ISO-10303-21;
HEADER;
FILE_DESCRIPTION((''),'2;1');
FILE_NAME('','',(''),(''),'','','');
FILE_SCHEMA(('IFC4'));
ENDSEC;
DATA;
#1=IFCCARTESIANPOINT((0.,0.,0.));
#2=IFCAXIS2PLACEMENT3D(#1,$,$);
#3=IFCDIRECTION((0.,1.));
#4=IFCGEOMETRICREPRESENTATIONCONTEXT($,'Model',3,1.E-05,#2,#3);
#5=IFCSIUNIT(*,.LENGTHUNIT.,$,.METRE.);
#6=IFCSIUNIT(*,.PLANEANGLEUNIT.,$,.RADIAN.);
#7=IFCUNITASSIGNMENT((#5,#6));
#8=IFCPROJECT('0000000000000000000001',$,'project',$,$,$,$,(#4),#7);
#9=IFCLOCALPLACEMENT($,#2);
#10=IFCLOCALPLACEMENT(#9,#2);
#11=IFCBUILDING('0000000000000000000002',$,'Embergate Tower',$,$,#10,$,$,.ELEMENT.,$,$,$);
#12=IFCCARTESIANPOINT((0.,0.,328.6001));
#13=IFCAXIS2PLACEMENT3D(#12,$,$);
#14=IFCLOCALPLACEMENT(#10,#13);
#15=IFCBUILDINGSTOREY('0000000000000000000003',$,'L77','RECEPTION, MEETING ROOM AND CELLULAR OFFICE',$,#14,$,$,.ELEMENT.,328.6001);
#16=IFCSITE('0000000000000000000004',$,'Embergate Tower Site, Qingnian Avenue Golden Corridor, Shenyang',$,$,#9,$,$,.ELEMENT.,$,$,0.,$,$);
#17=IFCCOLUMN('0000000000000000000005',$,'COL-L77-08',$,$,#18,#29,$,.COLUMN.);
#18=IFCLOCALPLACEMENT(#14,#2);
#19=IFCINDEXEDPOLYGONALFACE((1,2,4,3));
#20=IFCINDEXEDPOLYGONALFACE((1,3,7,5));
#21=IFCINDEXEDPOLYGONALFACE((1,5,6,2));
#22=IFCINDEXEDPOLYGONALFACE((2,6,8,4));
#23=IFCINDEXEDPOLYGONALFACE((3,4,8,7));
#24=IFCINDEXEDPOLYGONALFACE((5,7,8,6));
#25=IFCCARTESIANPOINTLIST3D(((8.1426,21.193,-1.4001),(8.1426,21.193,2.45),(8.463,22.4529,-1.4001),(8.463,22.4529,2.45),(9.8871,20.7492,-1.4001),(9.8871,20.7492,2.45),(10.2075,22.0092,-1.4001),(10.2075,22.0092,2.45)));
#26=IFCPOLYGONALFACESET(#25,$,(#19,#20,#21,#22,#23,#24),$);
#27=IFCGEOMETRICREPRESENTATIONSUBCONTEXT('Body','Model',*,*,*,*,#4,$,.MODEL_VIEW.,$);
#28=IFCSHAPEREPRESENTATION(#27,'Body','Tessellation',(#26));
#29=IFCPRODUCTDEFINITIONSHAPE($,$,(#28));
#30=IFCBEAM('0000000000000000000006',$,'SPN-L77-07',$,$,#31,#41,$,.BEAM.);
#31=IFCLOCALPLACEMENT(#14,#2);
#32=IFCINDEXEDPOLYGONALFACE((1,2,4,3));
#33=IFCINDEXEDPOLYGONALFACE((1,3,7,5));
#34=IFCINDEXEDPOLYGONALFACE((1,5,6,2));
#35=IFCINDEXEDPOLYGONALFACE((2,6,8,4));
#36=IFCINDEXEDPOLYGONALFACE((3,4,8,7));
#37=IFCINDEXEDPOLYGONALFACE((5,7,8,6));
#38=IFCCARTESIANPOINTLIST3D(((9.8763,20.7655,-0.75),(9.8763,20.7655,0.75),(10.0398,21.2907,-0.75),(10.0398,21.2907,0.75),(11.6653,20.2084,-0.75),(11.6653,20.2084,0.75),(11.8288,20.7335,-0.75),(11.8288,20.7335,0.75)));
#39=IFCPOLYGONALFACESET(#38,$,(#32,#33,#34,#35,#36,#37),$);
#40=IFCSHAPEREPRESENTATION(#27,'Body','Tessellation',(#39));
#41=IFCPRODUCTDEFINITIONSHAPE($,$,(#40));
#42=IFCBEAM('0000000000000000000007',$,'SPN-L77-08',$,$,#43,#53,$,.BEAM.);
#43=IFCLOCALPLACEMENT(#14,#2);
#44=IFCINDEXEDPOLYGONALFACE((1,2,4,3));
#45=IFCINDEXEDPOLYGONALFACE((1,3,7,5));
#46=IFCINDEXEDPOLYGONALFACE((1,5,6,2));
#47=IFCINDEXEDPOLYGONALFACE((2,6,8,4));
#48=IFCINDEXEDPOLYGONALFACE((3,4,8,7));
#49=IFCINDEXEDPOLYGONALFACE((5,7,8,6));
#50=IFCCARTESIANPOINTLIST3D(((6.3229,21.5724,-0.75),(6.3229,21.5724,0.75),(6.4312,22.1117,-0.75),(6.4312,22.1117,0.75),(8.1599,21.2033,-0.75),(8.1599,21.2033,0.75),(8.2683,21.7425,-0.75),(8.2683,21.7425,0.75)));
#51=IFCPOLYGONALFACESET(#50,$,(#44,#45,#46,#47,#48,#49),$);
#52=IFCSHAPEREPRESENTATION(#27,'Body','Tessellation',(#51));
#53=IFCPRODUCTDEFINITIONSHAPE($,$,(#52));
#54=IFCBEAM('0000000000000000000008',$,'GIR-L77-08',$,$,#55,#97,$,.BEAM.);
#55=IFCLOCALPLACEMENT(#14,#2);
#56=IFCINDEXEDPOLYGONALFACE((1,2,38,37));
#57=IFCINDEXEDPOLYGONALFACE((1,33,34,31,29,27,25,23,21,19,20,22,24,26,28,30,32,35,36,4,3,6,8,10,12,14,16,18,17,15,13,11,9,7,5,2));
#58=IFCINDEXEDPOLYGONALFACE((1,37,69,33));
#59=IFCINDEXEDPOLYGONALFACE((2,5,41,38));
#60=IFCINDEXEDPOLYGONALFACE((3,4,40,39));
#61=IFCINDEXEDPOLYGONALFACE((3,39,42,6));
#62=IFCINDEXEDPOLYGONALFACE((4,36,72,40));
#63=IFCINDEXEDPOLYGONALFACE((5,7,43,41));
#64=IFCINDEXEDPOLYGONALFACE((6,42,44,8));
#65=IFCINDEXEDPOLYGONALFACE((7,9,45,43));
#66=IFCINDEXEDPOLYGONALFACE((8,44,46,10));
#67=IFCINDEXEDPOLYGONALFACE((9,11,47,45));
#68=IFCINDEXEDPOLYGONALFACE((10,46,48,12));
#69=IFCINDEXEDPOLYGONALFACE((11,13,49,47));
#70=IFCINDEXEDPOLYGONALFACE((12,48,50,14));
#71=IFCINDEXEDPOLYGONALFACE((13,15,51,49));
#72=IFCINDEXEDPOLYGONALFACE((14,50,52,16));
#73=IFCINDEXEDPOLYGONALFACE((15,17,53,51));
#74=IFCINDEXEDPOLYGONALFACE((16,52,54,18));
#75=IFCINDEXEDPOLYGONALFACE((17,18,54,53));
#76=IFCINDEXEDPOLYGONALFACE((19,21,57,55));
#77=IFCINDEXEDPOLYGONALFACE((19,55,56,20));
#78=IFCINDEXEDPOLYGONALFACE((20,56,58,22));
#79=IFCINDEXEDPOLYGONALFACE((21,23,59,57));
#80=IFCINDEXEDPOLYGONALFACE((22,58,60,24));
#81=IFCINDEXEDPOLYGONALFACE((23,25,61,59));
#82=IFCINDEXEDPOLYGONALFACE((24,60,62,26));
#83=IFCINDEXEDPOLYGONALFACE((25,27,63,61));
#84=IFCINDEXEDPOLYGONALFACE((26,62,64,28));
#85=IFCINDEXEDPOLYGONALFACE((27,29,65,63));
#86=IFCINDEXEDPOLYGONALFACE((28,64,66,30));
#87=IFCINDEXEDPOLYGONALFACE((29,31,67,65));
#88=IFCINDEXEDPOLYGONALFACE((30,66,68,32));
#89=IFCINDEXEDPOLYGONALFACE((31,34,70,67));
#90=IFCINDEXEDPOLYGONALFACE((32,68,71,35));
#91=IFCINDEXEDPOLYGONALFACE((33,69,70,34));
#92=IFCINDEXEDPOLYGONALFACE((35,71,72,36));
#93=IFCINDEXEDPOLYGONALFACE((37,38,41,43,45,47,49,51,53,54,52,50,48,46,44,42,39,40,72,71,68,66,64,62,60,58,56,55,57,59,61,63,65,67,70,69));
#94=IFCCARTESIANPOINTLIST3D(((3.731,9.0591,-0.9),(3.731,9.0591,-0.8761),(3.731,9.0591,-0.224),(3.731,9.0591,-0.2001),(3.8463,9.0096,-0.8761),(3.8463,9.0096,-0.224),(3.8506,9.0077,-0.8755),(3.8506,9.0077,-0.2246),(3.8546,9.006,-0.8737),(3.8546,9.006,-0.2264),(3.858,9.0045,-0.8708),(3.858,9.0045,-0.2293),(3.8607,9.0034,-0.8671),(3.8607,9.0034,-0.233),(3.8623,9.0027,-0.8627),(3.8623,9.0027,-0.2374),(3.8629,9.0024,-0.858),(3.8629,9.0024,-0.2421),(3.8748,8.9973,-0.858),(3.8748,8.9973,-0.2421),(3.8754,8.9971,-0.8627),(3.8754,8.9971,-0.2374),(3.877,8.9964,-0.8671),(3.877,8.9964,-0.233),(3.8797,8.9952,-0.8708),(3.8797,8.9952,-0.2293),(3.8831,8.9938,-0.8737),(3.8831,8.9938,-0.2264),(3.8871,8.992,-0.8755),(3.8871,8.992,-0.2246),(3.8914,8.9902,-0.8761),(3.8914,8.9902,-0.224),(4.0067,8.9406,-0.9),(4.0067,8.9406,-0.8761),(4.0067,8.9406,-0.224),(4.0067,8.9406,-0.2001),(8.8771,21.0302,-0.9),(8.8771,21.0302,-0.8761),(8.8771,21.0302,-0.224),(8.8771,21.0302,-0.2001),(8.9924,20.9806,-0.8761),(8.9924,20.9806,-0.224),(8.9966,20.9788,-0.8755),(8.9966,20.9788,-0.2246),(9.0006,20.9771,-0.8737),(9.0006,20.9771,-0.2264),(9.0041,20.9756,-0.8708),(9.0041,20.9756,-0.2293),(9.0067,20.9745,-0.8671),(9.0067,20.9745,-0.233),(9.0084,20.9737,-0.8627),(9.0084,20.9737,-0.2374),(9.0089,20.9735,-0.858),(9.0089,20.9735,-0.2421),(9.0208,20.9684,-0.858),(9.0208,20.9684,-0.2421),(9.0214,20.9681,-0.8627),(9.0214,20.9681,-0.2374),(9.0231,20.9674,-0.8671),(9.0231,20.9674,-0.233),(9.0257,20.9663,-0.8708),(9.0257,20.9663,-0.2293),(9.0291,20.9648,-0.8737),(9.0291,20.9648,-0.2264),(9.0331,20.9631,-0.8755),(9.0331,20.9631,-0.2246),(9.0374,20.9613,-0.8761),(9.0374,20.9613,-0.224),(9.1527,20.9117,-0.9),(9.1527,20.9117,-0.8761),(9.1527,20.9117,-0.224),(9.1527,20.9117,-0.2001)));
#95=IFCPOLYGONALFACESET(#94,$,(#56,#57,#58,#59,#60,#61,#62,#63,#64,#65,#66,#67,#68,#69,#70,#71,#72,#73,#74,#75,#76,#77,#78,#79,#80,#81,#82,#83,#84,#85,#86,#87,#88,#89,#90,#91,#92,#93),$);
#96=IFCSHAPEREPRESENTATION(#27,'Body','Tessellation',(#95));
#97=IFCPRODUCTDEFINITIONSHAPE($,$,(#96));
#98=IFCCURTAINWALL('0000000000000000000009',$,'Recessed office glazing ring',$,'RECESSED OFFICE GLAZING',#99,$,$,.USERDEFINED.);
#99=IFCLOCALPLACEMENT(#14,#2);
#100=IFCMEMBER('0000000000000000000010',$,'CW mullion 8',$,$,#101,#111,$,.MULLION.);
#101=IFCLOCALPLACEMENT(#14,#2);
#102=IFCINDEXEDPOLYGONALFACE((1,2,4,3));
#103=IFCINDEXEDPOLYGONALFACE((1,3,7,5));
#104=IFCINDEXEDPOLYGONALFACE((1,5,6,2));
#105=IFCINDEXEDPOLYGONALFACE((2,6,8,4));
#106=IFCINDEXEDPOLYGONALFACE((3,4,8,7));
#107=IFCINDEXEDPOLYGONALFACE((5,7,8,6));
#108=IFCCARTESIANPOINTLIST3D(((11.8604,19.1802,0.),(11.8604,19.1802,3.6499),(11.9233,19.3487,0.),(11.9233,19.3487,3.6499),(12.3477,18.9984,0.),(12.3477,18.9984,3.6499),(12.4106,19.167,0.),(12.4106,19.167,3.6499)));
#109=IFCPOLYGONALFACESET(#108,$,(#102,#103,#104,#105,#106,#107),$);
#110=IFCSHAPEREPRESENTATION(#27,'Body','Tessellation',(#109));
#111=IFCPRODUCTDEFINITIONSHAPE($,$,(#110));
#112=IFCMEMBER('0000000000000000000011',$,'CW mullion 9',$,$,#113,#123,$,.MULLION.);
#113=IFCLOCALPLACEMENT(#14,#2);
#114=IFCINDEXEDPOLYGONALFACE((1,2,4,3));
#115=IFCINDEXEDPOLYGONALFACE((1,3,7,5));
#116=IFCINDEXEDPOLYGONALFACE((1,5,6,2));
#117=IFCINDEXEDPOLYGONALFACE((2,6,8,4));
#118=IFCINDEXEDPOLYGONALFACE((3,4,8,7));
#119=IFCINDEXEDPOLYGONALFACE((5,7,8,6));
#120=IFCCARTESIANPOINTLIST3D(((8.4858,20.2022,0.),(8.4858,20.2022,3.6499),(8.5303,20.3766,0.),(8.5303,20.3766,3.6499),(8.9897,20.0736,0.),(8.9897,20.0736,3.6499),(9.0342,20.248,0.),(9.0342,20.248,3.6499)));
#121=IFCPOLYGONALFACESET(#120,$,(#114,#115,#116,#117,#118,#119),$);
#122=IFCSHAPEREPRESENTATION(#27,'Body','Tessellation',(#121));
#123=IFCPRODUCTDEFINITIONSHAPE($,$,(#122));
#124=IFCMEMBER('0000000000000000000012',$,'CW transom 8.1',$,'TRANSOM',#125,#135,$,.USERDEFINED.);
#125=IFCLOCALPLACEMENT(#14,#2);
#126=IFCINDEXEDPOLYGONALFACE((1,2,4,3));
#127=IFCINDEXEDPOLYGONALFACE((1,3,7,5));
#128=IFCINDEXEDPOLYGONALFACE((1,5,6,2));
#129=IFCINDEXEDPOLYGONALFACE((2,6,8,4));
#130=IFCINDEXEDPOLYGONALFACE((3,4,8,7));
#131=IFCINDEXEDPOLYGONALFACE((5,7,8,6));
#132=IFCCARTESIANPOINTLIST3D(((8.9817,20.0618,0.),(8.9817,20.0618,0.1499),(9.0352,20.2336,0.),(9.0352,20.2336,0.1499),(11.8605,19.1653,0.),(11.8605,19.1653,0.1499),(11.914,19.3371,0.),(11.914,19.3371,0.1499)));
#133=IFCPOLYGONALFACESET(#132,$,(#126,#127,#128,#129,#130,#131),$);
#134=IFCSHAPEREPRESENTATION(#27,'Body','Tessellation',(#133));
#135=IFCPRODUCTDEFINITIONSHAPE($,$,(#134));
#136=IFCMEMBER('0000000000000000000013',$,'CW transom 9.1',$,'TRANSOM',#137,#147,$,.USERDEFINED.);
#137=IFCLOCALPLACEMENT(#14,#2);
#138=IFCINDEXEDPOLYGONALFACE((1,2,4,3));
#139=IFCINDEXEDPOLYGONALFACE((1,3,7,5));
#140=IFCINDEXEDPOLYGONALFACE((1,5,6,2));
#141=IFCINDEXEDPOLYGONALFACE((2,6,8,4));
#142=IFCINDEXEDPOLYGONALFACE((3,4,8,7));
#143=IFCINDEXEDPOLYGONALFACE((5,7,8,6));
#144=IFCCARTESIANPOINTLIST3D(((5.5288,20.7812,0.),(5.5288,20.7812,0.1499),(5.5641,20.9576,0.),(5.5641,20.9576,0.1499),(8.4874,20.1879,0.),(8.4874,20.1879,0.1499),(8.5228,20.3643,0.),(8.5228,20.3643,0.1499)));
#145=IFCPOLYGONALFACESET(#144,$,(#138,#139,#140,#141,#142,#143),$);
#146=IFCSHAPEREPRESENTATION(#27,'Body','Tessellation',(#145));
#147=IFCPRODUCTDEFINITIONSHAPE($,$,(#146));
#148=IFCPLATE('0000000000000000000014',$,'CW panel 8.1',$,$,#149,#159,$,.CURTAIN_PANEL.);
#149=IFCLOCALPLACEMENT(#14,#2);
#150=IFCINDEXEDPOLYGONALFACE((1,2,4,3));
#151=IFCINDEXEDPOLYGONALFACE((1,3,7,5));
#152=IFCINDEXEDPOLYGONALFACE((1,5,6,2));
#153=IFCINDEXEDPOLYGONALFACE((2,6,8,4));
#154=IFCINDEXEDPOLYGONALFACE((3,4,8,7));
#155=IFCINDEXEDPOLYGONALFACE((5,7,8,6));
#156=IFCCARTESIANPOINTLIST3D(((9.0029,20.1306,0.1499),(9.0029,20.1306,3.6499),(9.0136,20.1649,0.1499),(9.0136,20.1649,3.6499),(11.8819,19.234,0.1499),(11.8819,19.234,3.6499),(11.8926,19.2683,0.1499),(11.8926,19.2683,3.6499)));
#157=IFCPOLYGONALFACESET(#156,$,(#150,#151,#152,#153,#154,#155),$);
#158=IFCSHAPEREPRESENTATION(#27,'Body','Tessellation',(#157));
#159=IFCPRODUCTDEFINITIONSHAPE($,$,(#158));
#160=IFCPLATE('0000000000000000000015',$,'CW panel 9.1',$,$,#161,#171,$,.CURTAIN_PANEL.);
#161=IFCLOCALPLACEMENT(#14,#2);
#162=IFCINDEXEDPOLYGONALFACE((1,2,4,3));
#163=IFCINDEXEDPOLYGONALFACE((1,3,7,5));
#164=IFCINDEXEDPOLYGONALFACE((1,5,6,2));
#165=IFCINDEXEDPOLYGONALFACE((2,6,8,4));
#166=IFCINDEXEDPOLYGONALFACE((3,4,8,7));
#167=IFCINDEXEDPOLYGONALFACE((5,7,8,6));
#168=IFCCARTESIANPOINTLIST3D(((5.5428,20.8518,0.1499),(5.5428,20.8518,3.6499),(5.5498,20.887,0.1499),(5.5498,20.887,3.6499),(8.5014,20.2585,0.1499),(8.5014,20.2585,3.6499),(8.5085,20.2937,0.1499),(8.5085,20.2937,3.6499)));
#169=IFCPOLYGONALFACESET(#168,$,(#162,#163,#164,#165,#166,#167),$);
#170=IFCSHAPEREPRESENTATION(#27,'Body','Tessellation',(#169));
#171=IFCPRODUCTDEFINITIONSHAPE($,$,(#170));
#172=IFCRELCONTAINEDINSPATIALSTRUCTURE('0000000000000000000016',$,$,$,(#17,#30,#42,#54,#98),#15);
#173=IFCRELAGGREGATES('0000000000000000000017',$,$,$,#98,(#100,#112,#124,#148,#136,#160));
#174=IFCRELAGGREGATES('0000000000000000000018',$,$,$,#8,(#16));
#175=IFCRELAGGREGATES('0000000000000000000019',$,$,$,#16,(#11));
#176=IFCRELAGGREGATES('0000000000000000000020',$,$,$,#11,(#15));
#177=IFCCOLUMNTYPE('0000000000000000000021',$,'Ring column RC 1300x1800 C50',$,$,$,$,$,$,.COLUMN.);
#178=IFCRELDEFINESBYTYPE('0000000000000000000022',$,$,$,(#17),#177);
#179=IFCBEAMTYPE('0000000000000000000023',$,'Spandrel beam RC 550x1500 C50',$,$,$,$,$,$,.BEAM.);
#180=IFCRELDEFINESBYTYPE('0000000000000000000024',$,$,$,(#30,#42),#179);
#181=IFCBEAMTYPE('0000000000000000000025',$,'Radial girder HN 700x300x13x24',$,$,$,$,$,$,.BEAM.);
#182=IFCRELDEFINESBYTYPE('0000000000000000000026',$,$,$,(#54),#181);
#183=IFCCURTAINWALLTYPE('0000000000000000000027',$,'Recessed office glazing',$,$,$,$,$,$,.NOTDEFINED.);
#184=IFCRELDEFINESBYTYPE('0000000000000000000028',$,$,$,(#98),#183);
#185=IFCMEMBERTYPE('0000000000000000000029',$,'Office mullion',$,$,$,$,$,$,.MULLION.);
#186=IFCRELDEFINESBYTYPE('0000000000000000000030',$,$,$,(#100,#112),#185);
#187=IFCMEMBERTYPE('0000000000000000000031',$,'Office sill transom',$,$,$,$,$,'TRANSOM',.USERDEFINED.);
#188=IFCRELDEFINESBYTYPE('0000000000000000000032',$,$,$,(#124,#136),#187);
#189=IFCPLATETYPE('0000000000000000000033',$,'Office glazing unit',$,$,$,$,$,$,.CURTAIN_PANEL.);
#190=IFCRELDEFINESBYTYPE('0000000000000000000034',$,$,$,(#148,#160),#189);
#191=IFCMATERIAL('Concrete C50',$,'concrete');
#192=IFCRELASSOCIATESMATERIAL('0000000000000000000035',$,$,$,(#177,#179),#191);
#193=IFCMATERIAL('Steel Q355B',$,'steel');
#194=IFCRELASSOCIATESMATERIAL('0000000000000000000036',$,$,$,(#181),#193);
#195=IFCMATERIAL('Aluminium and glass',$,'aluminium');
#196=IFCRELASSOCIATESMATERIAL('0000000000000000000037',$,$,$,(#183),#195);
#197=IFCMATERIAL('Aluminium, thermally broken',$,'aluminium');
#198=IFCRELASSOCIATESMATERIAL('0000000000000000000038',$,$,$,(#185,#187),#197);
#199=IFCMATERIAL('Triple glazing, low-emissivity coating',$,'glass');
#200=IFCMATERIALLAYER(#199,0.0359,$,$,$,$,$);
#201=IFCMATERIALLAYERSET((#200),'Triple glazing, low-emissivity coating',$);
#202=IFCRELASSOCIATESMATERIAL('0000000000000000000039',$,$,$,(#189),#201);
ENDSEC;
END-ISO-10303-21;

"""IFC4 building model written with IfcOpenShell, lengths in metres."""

from ifc_helpers import new_model, si_unit, direction, frame, origin, origin_2d, place, context, subcontext, project, spatial, rectangle, i_section, extrude, source, transform, mapped, material, layer, layer_set, material_profile, profile_set, type_object, element, aggregate, save


model = new_model("IFC4")

# Units and contexts
model_context = context("Model", 3, precision=1e-05, world=origin(), true_north=direction((0.0, 1.0)))
body_context = subcontext(model_context, "Body", "Model", "MODEL_VIEW")
ifc_project = project(units=[si_unit("LENGTHUNIT", "METRE"), si_unit("PLANEANGLEUNIT", "RADIAN")], contexts=[model_context])

# Site, building, storey
site_placement = place(None, origin())
site = spatial("IfcSite", under=ifc_project, at=site_placement, Name="Embergate Tower Site, Qingnian Avenue Golden Corridor, Shenyang", CompositionType="ELEMENT", RefElevation=0.0)
building_placement = place(site_placement, origin())
building = spatial("IfcBuilding", under=site, at=building_placement, Name="Embergate Tower", CompositionType="ELEMENT")
storey_placement = place(building_placement, frame((0.0, 0.0, 328.6001)))
storey = spatial("IfcBuildingStorey", under=building, at=storey_placement, Name="L77", Description="RECEPTION, MEETING ROOM AND CELLULAR OFFICE", CompositionType="ELEMENT", Elevation=328.6001)

# Column
ifc_material_1 = material(Name="Concrete C50", Category="concrete")
ifc_material_profile_1 = material_profile(ifc_material_1, rectangle(XDim=1.3, YDim=1.8, at=origin_2d()), Name="RC 1300x1800")
ifc_profile_set_1 = profile_set([ifc_material_profile_1], Name="Concrete C50")
column_type = type_object("IfcColumnType", Name="Ring column RC 1300x1800 C50", PredefinedType="COLUMN", material=ifc_profile_set_1)
shared_shape_1 = source(origin(), body_context, "Body", "SweptSolid", [
    extrude(rectangle(XDim=1.3, YDim=1.8, at=origin_2d()), origin(), (0.0, 0.0, 1.0), 3.8501),
])
column_placement = place(storey_placement, frame((9.175, 21.6011, -1.4001), z_axis=(0.0, 0.0, 1.0), x_axis=(0.246509, 0.969141, 0.0)))
element("IfcColumn", 1, at=column_placement, inside=storey, type_object=column_type, Name="COL-L77-08", PredefinedType="COLUMN", context=body_context, shape_type="MappedRepresentation", body=[
    mapped(shared_shape_1, transform((0.0, 0.0, 0.0))),
])

# Beams
ifc_material_profile_2 = material_profile(ifc_material_1, rectangle(XDim=0.55, YDim=1.5, at=origin_2d()), Name="RC 550x1500")
ifc_profile_set_2 = profile_set([ifc_material_profile_2], Name="Concrete C50")
beam_type_1 = type_object("IfcBeamType", Name="Spandrel beam RC 550x1500 C50", PredefinedType="BEAM", material=ifc_profile_set_2)
shared_shape_2 = source(origin(), body_context, "Body", "SweptSolid", [
    extrude(rectangle(XDim=0.55, YDim=1.5, at=origin_2d()), origin(), (0.0, 0.0, 1.0), 1.8738),
])
for number, where, z_axis, x_axis, name in (
    (2, (11.7471, 20.4709, 0.0), (-0.954776, 0.297325, 0.0), (-0.297325, -0.954776, 0.0), "SPN-L77-07"),
    (3, (8.2141, 21.4729, 0.0), (-0.980405, 0.196993, 0.0), (-0.196993, -0.980405, 0.0), "SPN-L77-08"),
):
    element("IfcBeam", number, at=place(storey_placement, frame(where, z_axis=z_axis, x_axis=x_axis)), inside=storey, type_object=beam_type_1, Name=name, PredefinedType="BEAM", context=body_context, shape_type="MappedRepresentation", body=[
        mapped(shared_shape_2, transform((0.0, 0.0, 0.0))),
    ])
ifc_material_2 = material(Name="Steel Q355B", Category="steel")
ifc_material_profile_3 = material_profile(ifc_material_2, i_section(OverallWidth=0.3, OverallDepth=0.7, WebThickness=0.0129, FlangeThickness=0.0239, FilletRadius=0.0181, at=origin_2d()), Name="HN 700x300x13x24")
ifc_profile_set_3 = profile_set([ifc_material_profile_3], Name="Steel Q355 grade B")
beam_type_2 = type_object("IfcBeamType", Name="Radial girder HN 700x300x13x24", PredefinedType="BEAM", material=ifc_profile_set_3)
shared_shape_3 = source(origin(), body_context, "Body", "SweptSolid", [
    extrude(i_section(OverallWidth=0.3, OverallDepth=0.7, WebThickness=0.0129, FlangeThickness=0.0239, FilletRadius=0.0181, at=origin_2d()), origin(), (0.0, 0.0, 1.0), 13.0303),
])
beam_placement = place(storey_placement, frame((9.0149, 20.9709, -0.55), z_axis=(-0.39493, -0.918711, 0.0), x_axis=(0.918711, -0.39493, 0.0)))
element("IfcBeam", 4, at=beam_placement, inside=storey, type_object=beam_type_2, Name="GIR-L77-08", PredefinedType="BEAM", context=body_context, shape_type="MappedRepresentation", body=[
    mapped(shared_shape_3, transform((0.0, 0.0, 0.0))),
])

# Curtain wall, members, plates
ifc_material_3 = material(Name="Aluminium and glass", Category="aluminium")
curtain_wall_type = type_object("IfcCurtainWallType", Name="Recessed office glazing", PredefinedType="NOTDEFINED", material=ifc_material_3)
curtain_wall_placement = place(storey_placement, origin())
curtain_wall = element("IfcCurtainWall", 5, at=curtain_wall_placement, inside=storey, type_object=curtain_wall_type, Name="Recessed office glazing ring", ObjectType="RECESSED OFFICE GLAZING", PredefinedType="USERDEFINED")
ifc_material_4 = material(Name="Aluminium, thermally broken", Category="aluminium")
ifc_material_profile_4 = material_profile(ifc_material_4, rectangle(XDim=0.1799, YDim=0.52, at=origin_2d()), Name="AL 520x180")
ifc_profile_set_4 = profile_set([ifc_material_profile_4], Name="Aluminium, thermally broken")
member_type_1 = type_object("IfcMemberType", Name="Office mullion", PredefinedType="MULLION", material=ifc_profile_set_4)
shared_shape_4 = source(origin(), body_context, "Body", "SweptSolid", [
    extrude(rectangle(XDim=0.1799, YDim=0.52, at=origin_2d()), origin(), (0.0, 0.0, 1.0), 3.6499),
])
member_1_placement = place(storey_placement, frame((12.1355, 19.1736, 0.0), z_axis=(0.0, 0.0, 1.0), x_axis=(-0.349496, -0.936938, 0.0)))
member_1 = element("IfcMember", 6, at=member_1_placement, type_object=member_type_1, Name="CW mullion 8", PredefinedType="MULLION", context=body_context, shape_type="MappedRepresentation", body=[
    mapped(shared_shape_4, transform((0.0, 0.0, 0.0))),
])
member_2_placement = place(storey_placement, frame((8.76, 20.2251, 0.0), z_axis=(0.0, 0.0, 1.0), x_axis=(-0.247307, -0.968937, 0.0)))
member_2 = element("IfcMember", 7, at=member_2_placement, type_object=member_type_1, Name="CW mullion 9", PredefinedType="MULLION", context=body_context, shape_type="MappedRepresentation", body=[
    mapped(shared_shape_4, transform((0.0, 0.0, 0.0))),
])
ifc_material_profile_5 = material_profile(ifc_material_4, rectangle(XDim=0.1799, YDim=0.1499, at=origin_2d()), Name="AL 150x180")
ifc_profile_set_5 = profile_set([ifc_material_profile_5], Name="Aluminium, thermally broken")
member_type_2 = type_object("IfcMemberType", Name="Office sill transom", ElementType="TRANSOM", PredefinedType="USERDEFINED", material=ifc_profile_set_5)
shared_shape_5 = source(origin(), body_context, "Body", "SweptSolid", [
    extrude(rectangle(XDim=0.1799, YDim=0.1499, at=origin_2d()), origin(), (0.0, 0.0, 1.0), 3.0151),
])
member_3_placement = place(storey_placement, frame((11.8872, 19.2512, 0.075), z_axis=(-0.954779, 0.297316, 0.0), x_axis=(-0.297316, -0.954779, 0.0)))
member_3 = element("IfcMember", 8, at=member_3_placement, type_object=member_type_2, Name="CW transom 8.1", ObjectType="TRANSOM", PredefinedType="USERDEFINED", context=body_context, shape_type="MappedRepresentation", body=[
    mapped(shared_shape_5, transform((0.0, 0.0, 0.0))),
])
shared_shape_6 = source(origin(), body_context, "Body", "SweptSolid", [
    extrude(rectangle(XDim=0.1799, YDim=0.1499, at=origin_2d()), origin(), (0.0, 0.0, 1.0), 3.0176),
])
member_4_placement = place(storey_placement, frame((8.5051, 20.2761, 0.075), z_axis=(-0.980484, 0.196598, 0.0), x_axis=(-0.196598, -0.980484, 0.0)))
member_4 = element("IfcMember", 9, at=member_4_placement, type_object=member_type_2, Name="CW transom 9.1", ObjectType="TRANSOM", PredefinedType="USERDEFINED", context=body_context, shape_type="MappedRepresentation", body=[
    mapped(shared_shape_6, transform((0.0, 0.0, 0.0))),
])
ifc_material_5 = material(Name="Triple glazing, low-emissivity coating", Category="glass")
ifc_layer_1 = layer(ifc_material_5, 0.0359)
ifc_layer_set_1 = layer_set([ifc_layer_1], Name="Triple glazing, low-emissivity coating")
plate_type = type_object("IfcPlateType", Name="Office glazing unit", PredefinedType="CURTAIN_PANEL", material=ifc_layer_set_1)
shared_shape_7 = source(origin(), body_context, "Body", "SweptSolid", [
    extrude(rectangle(XDim=3.0154, YDim=0.0359, at=origin_2d()), origin(), (0.0, 0.0, 1.0), 3.5),
])
plate_1_placement = place(storey_placement, frame((10.4478, 19.6995, 0.1499), z_axis=(0.0, 0.0, 1.0), x_axis=(-0.954772, 0.297338, 0.0)))
plate_1 = element("IfcPlate", 10, at=plate_1_placement, type_object=plate_type, Name="CW panel 8.1", PredefinedType="CURTAIN_PANEL", context=body_context, shape_type="MappedRepresentation", body=[
    mapped(shared_shape_7, transform((0.0, 0.0, 0.0))),
])
shared_shape_8 = source(origin(), body_context, "Body", "SweptSolid", [
    extrude(rectangle(XDim=3.0176, YDim=0.0359, at=origin_2d()), origin(), (0.0, 0.0, 1.0), 3.5),
])
plate_2_placement = place(storey_placement, frame((7.0256, 20.5728, 0.1499), z_axis=(0.0, 0.0, 1.0), x_axis=(-0.980476, 0.196639, 0.0)))
plate_2 = element("IfcPlate", 11, at=plate_2_placement, type_object=plate_type, Name="CW panel 9.1", PredefinedType="CURTAIN_PANEL", context=body_context, shape_type="MappedRepresentation", body=[
    mapped(shared_shape_8, transform((0.0, 0.0, 0.0))),
])
aggregate(curtain_wall, [member_1, member_2, member_3, plate_1, member_4, plate_2])

save(model, "model.ifc")
